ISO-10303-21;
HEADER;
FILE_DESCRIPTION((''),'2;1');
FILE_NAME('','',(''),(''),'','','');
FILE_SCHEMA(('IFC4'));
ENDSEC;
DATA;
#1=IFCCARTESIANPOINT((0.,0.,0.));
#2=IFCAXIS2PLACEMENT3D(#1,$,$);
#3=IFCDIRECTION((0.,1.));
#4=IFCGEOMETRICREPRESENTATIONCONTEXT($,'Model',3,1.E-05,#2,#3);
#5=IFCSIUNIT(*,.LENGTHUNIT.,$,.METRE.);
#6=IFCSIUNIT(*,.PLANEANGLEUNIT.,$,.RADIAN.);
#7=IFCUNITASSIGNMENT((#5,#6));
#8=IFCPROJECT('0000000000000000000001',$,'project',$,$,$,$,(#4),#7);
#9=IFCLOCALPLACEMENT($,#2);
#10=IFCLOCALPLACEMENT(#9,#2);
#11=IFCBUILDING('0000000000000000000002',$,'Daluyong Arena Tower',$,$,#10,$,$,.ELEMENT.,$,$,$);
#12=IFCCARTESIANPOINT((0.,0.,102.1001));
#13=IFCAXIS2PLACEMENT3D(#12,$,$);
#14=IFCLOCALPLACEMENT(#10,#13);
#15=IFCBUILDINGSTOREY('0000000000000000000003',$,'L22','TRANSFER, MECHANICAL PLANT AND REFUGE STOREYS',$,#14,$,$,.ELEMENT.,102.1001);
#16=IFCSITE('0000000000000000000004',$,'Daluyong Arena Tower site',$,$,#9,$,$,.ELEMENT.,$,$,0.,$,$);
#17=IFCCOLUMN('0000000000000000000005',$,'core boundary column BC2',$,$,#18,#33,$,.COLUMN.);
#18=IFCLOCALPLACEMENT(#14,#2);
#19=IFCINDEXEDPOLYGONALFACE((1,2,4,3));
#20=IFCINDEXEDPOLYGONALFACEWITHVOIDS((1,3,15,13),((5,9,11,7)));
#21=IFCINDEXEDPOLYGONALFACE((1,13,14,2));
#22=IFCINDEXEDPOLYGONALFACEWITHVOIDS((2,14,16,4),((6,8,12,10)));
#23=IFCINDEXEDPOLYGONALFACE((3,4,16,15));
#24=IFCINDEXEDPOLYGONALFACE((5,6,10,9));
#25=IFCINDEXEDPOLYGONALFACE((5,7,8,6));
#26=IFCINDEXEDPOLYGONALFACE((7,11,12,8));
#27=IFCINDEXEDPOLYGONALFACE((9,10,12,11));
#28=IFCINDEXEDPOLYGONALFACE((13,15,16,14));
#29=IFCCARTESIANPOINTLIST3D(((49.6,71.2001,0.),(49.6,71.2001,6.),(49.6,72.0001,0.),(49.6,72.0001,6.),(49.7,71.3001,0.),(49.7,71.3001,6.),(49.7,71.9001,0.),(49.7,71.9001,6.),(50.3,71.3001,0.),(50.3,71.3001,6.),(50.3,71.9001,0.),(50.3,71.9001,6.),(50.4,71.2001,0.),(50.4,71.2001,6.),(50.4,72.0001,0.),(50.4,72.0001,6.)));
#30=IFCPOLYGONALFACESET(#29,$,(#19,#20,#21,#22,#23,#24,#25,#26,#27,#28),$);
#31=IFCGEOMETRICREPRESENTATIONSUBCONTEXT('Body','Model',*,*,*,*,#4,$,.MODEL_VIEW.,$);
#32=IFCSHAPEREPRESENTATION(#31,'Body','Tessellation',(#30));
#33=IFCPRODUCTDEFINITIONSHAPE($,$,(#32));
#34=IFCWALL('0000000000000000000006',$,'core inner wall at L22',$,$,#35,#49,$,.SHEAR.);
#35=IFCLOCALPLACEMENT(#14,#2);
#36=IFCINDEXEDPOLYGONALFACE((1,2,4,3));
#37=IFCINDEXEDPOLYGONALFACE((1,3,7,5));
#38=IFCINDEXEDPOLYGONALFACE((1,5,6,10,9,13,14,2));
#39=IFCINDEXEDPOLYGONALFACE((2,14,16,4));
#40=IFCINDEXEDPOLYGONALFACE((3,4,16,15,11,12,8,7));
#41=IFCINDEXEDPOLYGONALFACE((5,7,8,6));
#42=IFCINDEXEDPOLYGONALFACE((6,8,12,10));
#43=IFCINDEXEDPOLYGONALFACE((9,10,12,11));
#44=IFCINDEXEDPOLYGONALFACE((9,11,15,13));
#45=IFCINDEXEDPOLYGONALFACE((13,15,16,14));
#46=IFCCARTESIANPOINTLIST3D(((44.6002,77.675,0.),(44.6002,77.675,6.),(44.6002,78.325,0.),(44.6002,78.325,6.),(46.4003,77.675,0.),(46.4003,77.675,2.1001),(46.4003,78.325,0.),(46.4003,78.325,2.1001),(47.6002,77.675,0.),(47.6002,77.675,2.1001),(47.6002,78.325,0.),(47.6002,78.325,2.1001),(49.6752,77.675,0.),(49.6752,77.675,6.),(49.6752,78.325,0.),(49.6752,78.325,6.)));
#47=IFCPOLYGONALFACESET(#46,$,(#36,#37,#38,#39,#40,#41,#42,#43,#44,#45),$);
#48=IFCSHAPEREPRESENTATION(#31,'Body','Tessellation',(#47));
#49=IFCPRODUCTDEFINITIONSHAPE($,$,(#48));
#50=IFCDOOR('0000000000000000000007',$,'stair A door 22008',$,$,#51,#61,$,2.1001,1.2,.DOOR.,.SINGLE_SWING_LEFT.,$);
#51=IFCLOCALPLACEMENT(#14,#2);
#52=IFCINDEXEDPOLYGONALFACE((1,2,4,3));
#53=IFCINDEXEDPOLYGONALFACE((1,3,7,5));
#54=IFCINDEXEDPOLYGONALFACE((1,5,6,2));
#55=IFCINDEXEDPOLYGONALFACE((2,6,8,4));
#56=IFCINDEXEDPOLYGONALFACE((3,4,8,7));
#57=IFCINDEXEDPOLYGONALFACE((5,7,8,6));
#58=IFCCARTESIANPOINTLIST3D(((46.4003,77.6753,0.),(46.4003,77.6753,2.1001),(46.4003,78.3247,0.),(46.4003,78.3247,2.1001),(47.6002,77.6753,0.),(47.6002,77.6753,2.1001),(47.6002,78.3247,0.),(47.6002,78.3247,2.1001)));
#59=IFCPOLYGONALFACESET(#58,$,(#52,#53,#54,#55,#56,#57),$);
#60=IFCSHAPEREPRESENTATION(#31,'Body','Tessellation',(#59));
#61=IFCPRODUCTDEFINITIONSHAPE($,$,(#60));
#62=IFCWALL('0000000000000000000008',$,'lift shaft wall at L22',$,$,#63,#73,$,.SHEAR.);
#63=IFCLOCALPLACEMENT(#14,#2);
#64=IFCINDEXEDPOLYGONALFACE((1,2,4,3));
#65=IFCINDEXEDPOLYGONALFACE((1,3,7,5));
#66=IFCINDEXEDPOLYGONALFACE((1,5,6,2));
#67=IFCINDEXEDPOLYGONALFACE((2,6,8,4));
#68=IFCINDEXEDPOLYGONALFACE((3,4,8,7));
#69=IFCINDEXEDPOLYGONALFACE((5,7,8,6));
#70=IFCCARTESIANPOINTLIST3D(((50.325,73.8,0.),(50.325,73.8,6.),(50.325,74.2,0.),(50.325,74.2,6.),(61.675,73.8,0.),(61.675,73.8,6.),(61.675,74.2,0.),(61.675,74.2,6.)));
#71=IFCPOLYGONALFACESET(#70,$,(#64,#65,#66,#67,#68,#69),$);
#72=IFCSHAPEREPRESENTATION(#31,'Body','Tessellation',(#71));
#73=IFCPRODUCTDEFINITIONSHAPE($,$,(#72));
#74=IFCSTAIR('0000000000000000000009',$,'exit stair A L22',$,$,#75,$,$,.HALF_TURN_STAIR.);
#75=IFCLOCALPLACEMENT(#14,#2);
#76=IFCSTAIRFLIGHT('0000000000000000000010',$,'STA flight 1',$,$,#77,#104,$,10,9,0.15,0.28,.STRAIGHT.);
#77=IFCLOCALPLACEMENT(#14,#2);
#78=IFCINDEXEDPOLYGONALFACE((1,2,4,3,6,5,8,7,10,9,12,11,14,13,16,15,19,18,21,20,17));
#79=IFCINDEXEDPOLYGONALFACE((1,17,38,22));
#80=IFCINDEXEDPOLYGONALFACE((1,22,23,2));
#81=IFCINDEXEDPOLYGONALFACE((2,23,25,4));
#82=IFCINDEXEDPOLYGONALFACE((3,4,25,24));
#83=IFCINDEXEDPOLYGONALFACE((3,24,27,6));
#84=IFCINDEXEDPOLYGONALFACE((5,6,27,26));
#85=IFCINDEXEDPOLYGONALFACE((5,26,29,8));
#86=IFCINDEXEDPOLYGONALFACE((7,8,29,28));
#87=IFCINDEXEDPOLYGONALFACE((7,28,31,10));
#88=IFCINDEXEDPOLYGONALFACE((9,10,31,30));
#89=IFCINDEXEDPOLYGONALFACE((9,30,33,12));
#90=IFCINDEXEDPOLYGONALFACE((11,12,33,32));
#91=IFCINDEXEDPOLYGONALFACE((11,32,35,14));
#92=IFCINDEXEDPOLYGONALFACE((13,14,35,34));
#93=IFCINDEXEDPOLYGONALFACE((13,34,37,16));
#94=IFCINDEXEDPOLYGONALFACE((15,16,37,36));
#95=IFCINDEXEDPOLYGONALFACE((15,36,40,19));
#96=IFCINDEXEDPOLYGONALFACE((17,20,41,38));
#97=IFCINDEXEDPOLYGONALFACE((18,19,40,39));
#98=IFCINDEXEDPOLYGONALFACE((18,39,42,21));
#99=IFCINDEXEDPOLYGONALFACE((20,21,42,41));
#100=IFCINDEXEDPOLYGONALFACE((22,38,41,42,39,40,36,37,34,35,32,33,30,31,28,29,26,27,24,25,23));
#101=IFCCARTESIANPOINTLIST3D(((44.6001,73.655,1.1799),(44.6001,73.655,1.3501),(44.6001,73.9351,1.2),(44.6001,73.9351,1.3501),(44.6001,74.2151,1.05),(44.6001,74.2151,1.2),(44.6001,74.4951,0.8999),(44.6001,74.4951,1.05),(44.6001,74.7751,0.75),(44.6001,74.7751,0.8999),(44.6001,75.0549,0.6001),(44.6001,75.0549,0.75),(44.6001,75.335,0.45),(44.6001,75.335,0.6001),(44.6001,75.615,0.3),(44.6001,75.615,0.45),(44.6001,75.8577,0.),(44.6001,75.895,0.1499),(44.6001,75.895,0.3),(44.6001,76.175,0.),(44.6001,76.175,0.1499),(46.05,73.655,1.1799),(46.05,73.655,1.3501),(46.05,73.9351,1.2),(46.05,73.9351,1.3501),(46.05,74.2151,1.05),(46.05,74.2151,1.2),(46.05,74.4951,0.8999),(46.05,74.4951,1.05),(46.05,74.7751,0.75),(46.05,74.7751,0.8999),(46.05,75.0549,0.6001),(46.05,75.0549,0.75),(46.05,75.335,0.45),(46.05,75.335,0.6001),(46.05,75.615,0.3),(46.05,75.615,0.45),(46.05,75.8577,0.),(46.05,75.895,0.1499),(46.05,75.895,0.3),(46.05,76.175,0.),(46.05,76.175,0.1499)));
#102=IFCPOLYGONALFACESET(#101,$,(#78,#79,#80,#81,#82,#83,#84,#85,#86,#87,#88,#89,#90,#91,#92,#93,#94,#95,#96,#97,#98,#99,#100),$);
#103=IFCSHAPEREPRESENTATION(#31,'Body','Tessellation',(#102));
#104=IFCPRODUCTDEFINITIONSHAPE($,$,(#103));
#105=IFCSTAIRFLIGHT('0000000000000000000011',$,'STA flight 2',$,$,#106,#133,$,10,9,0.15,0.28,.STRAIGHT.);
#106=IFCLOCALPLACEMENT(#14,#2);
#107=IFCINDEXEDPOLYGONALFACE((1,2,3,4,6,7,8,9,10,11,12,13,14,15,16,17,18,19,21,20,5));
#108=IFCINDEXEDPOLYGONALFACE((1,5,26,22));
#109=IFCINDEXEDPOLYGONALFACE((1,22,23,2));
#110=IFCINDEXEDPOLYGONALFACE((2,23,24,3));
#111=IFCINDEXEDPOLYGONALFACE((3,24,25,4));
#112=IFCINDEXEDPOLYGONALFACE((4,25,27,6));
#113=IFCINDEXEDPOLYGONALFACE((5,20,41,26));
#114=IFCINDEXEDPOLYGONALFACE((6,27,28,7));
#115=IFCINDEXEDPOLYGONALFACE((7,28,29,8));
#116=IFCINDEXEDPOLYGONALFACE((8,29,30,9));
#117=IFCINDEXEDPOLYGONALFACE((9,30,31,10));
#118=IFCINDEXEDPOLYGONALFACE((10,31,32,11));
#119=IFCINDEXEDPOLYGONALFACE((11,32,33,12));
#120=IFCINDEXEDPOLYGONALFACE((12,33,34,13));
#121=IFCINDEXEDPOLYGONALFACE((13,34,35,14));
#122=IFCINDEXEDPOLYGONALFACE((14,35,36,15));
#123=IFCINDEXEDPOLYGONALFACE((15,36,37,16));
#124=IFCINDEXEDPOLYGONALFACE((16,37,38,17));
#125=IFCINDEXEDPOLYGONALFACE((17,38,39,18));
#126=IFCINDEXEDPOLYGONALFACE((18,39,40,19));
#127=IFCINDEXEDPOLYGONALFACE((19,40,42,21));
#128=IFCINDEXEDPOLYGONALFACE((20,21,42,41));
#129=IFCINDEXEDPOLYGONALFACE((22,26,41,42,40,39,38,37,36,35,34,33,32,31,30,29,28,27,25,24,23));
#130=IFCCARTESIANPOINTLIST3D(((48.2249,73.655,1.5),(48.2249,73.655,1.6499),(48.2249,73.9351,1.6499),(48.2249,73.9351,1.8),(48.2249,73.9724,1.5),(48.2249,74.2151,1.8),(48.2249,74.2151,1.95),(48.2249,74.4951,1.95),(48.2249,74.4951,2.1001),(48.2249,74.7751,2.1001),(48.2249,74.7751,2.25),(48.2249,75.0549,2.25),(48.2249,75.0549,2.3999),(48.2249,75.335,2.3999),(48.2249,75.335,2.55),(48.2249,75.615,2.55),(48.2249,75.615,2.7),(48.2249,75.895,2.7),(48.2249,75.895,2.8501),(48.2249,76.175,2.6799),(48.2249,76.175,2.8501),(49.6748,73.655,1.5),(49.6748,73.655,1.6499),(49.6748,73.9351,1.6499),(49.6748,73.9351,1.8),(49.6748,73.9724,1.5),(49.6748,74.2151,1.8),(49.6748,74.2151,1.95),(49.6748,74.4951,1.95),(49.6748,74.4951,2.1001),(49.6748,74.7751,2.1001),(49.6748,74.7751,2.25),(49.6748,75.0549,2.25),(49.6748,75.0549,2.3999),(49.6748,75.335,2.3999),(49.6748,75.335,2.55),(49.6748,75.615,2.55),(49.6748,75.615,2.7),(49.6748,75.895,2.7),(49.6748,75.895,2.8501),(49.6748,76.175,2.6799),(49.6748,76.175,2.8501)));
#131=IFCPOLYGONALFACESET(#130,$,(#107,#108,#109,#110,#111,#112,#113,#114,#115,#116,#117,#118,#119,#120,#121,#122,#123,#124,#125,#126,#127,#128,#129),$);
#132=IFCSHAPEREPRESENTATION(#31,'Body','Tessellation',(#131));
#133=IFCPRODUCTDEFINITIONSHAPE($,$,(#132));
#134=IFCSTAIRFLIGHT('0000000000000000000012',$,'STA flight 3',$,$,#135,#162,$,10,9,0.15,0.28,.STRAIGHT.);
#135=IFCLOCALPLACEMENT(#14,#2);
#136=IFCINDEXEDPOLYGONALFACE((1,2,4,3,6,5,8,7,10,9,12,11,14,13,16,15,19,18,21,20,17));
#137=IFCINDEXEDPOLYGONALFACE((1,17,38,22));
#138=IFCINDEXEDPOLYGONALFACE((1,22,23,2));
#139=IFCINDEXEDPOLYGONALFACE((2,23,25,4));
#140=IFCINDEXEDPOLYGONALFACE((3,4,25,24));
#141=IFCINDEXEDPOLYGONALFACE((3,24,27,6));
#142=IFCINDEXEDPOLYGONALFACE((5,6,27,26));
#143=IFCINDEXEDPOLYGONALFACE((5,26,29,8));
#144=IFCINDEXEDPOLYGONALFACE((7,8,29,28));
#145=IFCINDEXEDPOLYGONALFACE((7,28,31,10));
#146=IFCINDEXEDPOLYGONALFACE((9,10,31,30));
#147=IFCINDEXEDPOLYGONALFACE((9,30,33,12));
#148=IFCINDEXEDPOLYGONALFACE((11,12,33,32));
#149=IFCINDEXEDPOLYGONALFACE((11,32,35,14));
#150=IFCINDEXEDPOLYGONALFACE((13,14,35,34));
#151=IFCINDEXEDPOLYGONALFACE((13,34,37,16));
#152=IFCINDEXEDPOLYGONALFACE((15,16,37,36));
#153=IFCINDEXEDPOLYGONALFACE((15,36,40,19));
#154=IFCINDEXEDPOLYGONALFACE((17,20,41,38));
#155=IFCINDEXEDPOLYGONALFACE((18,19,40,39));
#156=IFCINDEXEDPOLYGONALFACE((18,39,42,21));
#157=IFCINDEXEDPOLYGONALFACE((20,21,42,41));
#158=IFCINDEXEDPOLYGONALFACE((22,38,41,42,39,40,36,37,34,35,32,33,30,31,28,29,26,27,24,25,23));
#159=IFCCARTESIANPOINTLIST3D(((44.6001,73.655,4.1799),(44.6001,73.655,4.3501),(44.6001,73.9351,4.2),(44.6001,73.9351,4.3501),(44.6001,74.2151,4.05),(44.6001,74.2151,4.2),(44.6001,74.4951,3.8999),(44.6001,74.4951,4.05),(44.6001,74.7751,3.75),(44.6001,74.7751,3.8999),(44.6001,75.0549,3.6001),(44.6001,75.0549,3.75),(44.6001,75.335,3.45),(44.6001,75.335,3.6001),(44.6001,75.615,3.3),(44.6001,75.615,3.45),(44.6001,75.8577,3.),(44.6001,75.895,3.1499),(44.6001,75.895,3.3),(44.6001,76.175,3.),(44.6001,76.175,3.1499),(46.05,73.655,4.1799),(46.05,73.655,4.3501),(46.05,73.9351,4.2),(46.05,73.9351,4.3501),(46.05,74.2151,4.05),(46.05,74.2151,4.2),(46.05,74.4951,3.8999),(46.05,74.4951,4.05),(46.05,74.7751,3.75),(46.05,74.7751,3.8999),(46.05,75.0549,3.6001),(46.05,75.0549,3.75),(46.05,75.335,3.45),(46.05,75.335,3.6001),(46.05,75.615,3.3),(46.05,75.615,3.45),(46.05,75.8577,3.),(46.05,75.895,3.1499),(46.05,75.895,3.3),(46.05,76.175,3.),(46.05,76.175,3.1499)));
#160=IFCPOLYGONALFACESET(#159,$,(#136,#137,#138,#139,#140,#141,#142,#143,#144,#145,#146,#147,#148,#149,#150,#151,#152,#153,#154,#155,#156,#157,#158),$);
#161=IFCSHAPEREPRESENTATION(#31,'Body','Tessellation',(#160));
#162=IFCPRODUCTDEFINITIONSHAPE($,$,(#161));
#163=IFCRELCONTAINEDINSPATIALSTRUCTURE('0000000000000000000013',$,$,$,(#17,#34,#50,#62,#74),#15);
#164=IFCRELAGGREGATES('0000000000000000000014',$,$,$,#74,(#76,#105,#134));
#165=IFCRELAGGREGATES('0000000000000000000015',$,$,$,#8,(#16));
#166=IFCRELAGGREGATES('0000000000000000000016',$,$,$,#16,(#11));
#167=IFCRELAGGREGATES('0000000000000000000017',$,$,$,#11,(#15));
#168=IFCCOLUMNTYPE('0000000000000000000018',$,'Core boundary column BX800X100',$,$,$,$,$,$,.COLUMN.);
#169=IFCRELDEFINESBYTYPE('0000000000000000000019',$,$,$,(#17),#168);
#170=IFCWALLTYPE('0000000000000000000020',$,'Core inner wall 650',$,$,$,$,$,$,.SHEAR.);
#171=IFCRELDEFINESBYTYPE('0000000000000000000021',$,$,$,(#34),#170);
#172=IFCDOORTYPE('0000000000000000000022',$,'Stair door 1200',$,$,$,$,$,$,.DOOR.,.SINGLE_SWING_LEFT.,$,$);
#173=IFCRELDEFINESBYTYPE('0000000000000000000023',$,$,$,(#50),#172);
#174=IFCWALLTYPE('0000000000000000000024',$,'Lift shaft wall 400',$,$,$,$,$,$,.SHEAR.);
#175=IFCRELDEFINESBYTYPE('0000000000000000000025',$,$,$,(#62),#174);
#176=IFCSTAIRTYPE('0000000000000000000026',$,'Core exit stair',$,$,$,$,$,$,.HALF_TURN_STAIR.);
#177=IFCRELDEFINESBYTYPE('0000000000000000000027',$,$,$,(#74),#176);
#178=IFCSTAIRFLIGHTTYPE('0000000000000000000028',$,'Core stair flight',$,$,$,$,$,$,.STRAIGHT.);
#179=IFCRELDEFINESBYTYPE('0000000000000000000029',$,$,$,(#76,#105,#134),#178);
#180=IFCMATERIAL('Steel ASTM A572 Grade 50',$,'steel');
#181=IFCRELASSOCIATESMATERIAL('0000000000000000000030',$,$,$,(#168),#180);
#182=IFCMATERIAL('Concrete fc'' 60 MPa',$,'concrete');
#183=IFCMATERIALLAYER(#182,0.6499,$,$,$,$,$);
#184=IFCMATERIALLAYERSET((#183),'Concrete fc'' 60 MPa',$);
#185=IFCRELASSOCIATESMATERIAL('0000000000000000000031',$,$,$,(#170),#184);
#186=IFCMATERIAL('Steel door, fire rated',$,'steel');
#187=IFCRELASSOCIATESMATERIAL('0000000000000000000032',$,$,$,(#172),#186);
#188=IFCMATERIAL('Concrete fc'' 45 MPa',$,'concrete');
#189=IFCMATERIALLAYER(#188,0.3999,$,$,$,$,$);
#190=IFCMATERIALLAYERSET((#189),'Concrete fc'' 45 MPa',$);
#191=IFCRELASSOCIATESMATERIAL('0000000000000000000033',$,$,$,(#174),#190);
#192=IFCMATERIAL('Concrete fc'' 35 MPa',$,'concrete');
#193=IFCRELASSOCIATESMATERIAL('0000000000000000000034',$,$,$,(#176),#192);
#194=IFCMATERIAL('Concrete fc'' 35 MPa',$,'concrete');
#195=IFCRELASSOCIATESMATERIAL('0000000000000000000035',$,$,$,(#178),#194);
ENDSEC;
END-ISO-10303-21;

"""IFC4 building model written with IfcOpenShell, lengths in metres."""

from ifc_helpers import new_model, si_unit, direction, frame, frame_2d, origin, origin_2d, place, context, subcontext, project, spatial, polyline, rectangle, hollow_rectangle, outline, extrude, material, layer, layer_set, material_profile, profile_set, type_object, element, fill, aggregate, save


model = new_model("IFC4")

# Units and contexts
model_context = context("Model", 3, precision=1e-05, world=origin(), true_north=direction((0.0, 1.0)))
body_context = subcontext(model_context, "Body", "Model", "MODEL_VIEW")
ifc_project = project(units=[si_unit("LENGTHUNIT", "METRE"), si_unit("PLANEANGLEUNIT", "RADIAN")], contexts=[model_context])

# Site, building, storey
site_placement = place(None, origin())
site = spatial("IfcSite", under=ifc_project, at=site_placement, Name="Daluyong Arena Tower site", CompositionType="ELEMENT", RefElevation=0.0)
building_placement = place(site_placement, origin())
building = spatial("IfcBuilding", under=site, at=building_placement, Name="Daluyong Arena Tower", CompositionType="ELEMENT")
storey_placement = place(building_placement, frame((0.0, 0.0, 102.1001)))
storey = spatial("IfcBuildingStorey", under=building, at=storey_placement, Name="L22", Description="TRANSFER, MECHANICAL PLANT AND REFUGE STOREYS", CompositionType="ELEMENT", Elevation=102.1001)

# Column
ifc_material_1 = material(Name="Steel ASTM A572 Grade 50", Category="steel")
ifc_material_profile = material_profile(ifc_material_1, hollow_rectangle(XDim=0.8, YDim=0.8, WallThickness=0.1, at=origin_2d()))
ifc_profile_set = profile_set([ifc_material_profile], Name="Steel ASTM A572 Grade 50")
column_type = type_object("IfcColumnType", Name="Core boundary column BX800X100", PredefinedType="COLUMN", material=ifc_profile_set)
column_placement = place(storey_placement, frame((50.0, 71.6001, 0.0), z_axis=(0.0, 0.0, 1.0), x_axis=(1.0, 0.0, 0.0)))
element("IfcColumn", 1, at=column_placement, inside=storey, type_object=column_type, Name="core boundary column BC2", PredefinedType="COLUMN", context=body_context, shape_type="SweptSolid", body=[
    extrude(hollow_rectangle(XDim=0.8, YDim=0.8, WallThickness=0.1, at=origin_2d()), origin(), (0.0, 0.0, 1.0), 6.0),
])

# Wall, opening, door
ifc_material_2 = material(Name="Concrete fc' 60 MPa", Category="concrete")
ifc_layer_1 = layer(ifc_material_2, 0.6499)
ifc_layer_set_1 = layer_set([ifc_layer_1], Name="Concrete fc' 60 MPa")
wall_type_1 = type_object("IfcWallType", Name="Core inner wall 650", PredefinedType="SHEAR", material=ifc_layer_set_1)
wall_1_placement = place(storey_placement, frame((44.6001, 78.0, 0.0), z_axis=(0.0, 0.0, 1.0), x_axis=(1.0, 0.0, 0.0)))
wall_1 = element("IfcWall", 2, at=wall_1_placement, inside=storey, type_object=wall_type_1, Name="core inner wall at L22", PredefinedType="SHEAR", context=body_context, shape_type="SweptSolid", body=[
    extrude(rectangle(XDim=5.075, YDim=0.6499, at=frame_2d((2.5376, 0.0))), origin(), (0.0, 0.0, 1.0), 6.0),
])
opening_1_placement = place(wall_1_placement, frame((1.8, 0.0, 0.0)))
opening_1 = element("IfcOpeningElement", 3, at=opening_1_placement, cuts=wall_1, PredefinedType="OPENING", context=body_context, shape_type="SweptSolid", body=[
    extrude(rectangle(XDim=1.2, YDim=2.1001, at=frame_2d((0.6001, 1.05))), frame((0.0, 0.335, 0.0), z_axis=(0.0, -1.0, 0.0), x_axis=(1.0, 0.0, 0.0)), (0.0, 0.0, 1.0), 0.6699),
])
ifc_material_3 = material(Name="Steel door, fire rated", Category="steel")
door_type_1 = type_object("IfcDoorType", Name="Stair door 1200", OperationType="SINGLE_SWING_LEFT", PredefinedType="DOOR", material=ifc_material_3)
door_1_placement = place(opening_1_placement, origin())
door_1 = element("IfcDoor", 4, at=door_1_placement, inside=storey, type_object=door_type_1, Name="stair A door 22008", OperationType="SINGLE_SWING_LEFT", OverallHeight=2.1001, OverallWidth=1.2, PredefinedType="DOOR", context=body_context, shape_type="SweptSolid", body=[
    extrude(rectangle(XDim=1.2, YDim=2.1001, at=frame_2d((0.6001, 1.05))), frame((0.0, 0.3247, 0.0), z_axis=(0.0, -1.0, 0.0), x_axis=(1.0, 0.0, 0.0)), (0.0, 0.0, 1.0), 0.6494),
])
fill(opening_1, door_1)

# Wall
ifc_material_4 = material(Name="Concrete fc' 45 MPa", Category="concrete")
ifc_layer_2 = layer(ifc_material_4, 0.3999)
ifc_layer_set_2 = layer_set([ifc_layer_2], Name="Concrete fc' 45 MPa")
wall_type_2 = type_object("IfcWallType", Name="Lift shaft wall 400", PredefinedType="SHEAR", material=ifc_layer_set_2)
wall_2_placement = place(storey_placement, frame((50.325, 74.0, 0.0), z_axis=(0.0, 0.0, 1.0), x_axis=(1.0, 0.0, 0.0)))
element("IfcWall", 5, at=wall_2_placement, inside=storey, type_object=wall_type_2, Name="lift shaft wall at L22", PredefinedType="SHEAR", context=body_context, shape_type="SweptSolid", body=[
    extrude(rectangle(XDim=11.3501, YDim=0.3999, at=frame_2d((5.675, 0.0))), origin(), (0.0, 0.0, 1.0), 6.0),
])

# Stair, stair flights
ifc_material_5 = material(Name="Concrete fc' 35 MPa", Category="concrete")
stair_type = type_object("IfcStairType", Name="Core exit stair", PredefinedType="HALF_TURN_STAIR", material=ifc_material_5)
stair_placement = place(storey_placement, origin())
stair = element("IfcStair", 6, at=stair_placement, inside=storey, type_object=stair_type, Name="exit stair A L22", PredefinedType="HALF_TURN_STAIR")
ifc_material_6 = material(Name="Concrete fc' 35 MPa", Category="concrete")
stair_flight_type = type_object("IfcStairFlightType", Name="Core stair flight", PredefinedType="STRAIGHT", material=ifc_material_6)
stair_flight_1_placement = place(storey_placement, frame((45.325, 76.175, 0.0), z_axis=(0.0, 0.0, 1.0), x_axis=(0.0, -1.0, 0.0)))
stair_flight_1 = element("IfcStairFlight", 7, at=stair_flight_1_placement, type_object=stair_flight_type, Name="STA flight 1", NumberOfRisers=10, NumberOfTreads=9, PredefinedType="STRAIGHT", RiserHeight=0.15, TreadLength=0.28, context=body_context, shape_type="SweptSolid", body=[
    extrude(outline(polyline([(0.0, 0.0), (0.0, 0.1499), (0.28, 0.1499), (0.28, 0.3), (0.5601, 0.3), (0.5601, 0.45), (0.8401, 0.45), (0.8401, 0.6001), (1.1201, 0.6001), (1.1201, 0.75), (1.3999, 0.75), (1.3999, 0.8999), (1.6799, 0.8999), (1.6799, 1.05), (1.96, 1.05), (1.96, 1.2), (2.24, 1.2), (2.24, 1.3501), (2.52, 1.3501), (2.52, 1.5), (2.52, 1.1799), (0.3174, 0.0), (0.0, 0.0)])), frame((0.0, 0.7251, 0.0), z_axis=(0.0, -1.0, 0.0), x_axis=(1.0, 0.0, 0.0)), (0.0, 0.0, 1.0), 1.45),
])
stair_flight_2_placement = place(storey_placement, frame((48.95, 73.655, 1.5), z_axis=(0.0, 0.0, 1.0), x_axis=(0.0, 1.0, 0.0)))
stair_flight_2 = element("IfcStairFlight", 8, at=stair_flight_2_placement, type_object=stair_flight_type, Name="STA flight 2", NumberOfRisers=10, NumberOfTreads=9, PredefinedType="STRAIGHT", RiserHeight=0.15, TreadLength=0.28, context=body_context, shape_type="SweptSolid", body=[
    extrude(outline(polyline([(0.0, 0.0), (0.0, 0.1499), (0.28, 0.1499), (0.28, 0.3), (0.5601, 0.3), (0.5601, 0.45), (0.8401, 0.45), (0.8401, 0.6001), (1.1201, 0.6001), (1.1201, 0.75), (1.3999, 0.75), (1.3999, 0.8999), (1.6799, 0.8999), (1.6799, 1.05), (1.96, 1.05), (1.96, 1.2), (2.24, 1.2), (2.24, 1.3501), (2.52, 1.3501), (2.52, 1.5), (2.52, 1.1799), (0.3174, 0.0), (0.0, 0.0)])), frame((0.0, 0.7251, 0.0), z_axis=(0.0, -1.0, 0.0), x_axis=(1.0, 0.0, 0.0)), (0.0, 0.0, 1.0), 1.45),
])
stair_flight_3_placement = place(storey_placement, frame((45.325, 76.175, 3.0), z_axis=(0.0, 0.0, 1.0), x_axis=(0.0, -1.0, 0.0)))
stair_flight_3 = element("IfcStairFlight", 9, at=stair_flight_3_placement, type_object=stair_flight_type, Name="STA flight 3", NumberOfRisers=10, NumberOfTreads=9, PredefinedType="STRAIGHT", RiserHeight=0.15, TreadLength=0.28, context=body_context, shape_type="SweptSolid", body=[
    extrude(outline(polyline([(0.0, 0.0), (0.0, 0.1499), (0.28, 0.1499), (0.28, 0.3), (0.5601, 0.3), (0.5601, 0.45), (0.8401, 0.45), (0.8401, 0.6001), (1.1201, 0.6001), (1.1201, 0.75), (1.3999, 0.75), (1.3999, 0.8999), (1.6799, 0.8999), (1.6799, 1.05), (1.96, 1.05), (1.96, 1.2), (2.24, 1.2), (2.24, 1.3501), (2.52, 1.3501), (2.52, 1.5), (2.52, 1.1799), (0.3174, 0.0), (0.0, 0.0)])), frame((0.0, 0.7251, 0.0), z_axis=(0.0, -1.0, 0.0), x_axis=(1.0, 0.0, 0.0)), (0.0, 0.0, 1.0), 1.45),
])
aggregate(stair, [stair_flight_1, stair_flight_2, stair_flight_3])

save(model, "model.ifc")
